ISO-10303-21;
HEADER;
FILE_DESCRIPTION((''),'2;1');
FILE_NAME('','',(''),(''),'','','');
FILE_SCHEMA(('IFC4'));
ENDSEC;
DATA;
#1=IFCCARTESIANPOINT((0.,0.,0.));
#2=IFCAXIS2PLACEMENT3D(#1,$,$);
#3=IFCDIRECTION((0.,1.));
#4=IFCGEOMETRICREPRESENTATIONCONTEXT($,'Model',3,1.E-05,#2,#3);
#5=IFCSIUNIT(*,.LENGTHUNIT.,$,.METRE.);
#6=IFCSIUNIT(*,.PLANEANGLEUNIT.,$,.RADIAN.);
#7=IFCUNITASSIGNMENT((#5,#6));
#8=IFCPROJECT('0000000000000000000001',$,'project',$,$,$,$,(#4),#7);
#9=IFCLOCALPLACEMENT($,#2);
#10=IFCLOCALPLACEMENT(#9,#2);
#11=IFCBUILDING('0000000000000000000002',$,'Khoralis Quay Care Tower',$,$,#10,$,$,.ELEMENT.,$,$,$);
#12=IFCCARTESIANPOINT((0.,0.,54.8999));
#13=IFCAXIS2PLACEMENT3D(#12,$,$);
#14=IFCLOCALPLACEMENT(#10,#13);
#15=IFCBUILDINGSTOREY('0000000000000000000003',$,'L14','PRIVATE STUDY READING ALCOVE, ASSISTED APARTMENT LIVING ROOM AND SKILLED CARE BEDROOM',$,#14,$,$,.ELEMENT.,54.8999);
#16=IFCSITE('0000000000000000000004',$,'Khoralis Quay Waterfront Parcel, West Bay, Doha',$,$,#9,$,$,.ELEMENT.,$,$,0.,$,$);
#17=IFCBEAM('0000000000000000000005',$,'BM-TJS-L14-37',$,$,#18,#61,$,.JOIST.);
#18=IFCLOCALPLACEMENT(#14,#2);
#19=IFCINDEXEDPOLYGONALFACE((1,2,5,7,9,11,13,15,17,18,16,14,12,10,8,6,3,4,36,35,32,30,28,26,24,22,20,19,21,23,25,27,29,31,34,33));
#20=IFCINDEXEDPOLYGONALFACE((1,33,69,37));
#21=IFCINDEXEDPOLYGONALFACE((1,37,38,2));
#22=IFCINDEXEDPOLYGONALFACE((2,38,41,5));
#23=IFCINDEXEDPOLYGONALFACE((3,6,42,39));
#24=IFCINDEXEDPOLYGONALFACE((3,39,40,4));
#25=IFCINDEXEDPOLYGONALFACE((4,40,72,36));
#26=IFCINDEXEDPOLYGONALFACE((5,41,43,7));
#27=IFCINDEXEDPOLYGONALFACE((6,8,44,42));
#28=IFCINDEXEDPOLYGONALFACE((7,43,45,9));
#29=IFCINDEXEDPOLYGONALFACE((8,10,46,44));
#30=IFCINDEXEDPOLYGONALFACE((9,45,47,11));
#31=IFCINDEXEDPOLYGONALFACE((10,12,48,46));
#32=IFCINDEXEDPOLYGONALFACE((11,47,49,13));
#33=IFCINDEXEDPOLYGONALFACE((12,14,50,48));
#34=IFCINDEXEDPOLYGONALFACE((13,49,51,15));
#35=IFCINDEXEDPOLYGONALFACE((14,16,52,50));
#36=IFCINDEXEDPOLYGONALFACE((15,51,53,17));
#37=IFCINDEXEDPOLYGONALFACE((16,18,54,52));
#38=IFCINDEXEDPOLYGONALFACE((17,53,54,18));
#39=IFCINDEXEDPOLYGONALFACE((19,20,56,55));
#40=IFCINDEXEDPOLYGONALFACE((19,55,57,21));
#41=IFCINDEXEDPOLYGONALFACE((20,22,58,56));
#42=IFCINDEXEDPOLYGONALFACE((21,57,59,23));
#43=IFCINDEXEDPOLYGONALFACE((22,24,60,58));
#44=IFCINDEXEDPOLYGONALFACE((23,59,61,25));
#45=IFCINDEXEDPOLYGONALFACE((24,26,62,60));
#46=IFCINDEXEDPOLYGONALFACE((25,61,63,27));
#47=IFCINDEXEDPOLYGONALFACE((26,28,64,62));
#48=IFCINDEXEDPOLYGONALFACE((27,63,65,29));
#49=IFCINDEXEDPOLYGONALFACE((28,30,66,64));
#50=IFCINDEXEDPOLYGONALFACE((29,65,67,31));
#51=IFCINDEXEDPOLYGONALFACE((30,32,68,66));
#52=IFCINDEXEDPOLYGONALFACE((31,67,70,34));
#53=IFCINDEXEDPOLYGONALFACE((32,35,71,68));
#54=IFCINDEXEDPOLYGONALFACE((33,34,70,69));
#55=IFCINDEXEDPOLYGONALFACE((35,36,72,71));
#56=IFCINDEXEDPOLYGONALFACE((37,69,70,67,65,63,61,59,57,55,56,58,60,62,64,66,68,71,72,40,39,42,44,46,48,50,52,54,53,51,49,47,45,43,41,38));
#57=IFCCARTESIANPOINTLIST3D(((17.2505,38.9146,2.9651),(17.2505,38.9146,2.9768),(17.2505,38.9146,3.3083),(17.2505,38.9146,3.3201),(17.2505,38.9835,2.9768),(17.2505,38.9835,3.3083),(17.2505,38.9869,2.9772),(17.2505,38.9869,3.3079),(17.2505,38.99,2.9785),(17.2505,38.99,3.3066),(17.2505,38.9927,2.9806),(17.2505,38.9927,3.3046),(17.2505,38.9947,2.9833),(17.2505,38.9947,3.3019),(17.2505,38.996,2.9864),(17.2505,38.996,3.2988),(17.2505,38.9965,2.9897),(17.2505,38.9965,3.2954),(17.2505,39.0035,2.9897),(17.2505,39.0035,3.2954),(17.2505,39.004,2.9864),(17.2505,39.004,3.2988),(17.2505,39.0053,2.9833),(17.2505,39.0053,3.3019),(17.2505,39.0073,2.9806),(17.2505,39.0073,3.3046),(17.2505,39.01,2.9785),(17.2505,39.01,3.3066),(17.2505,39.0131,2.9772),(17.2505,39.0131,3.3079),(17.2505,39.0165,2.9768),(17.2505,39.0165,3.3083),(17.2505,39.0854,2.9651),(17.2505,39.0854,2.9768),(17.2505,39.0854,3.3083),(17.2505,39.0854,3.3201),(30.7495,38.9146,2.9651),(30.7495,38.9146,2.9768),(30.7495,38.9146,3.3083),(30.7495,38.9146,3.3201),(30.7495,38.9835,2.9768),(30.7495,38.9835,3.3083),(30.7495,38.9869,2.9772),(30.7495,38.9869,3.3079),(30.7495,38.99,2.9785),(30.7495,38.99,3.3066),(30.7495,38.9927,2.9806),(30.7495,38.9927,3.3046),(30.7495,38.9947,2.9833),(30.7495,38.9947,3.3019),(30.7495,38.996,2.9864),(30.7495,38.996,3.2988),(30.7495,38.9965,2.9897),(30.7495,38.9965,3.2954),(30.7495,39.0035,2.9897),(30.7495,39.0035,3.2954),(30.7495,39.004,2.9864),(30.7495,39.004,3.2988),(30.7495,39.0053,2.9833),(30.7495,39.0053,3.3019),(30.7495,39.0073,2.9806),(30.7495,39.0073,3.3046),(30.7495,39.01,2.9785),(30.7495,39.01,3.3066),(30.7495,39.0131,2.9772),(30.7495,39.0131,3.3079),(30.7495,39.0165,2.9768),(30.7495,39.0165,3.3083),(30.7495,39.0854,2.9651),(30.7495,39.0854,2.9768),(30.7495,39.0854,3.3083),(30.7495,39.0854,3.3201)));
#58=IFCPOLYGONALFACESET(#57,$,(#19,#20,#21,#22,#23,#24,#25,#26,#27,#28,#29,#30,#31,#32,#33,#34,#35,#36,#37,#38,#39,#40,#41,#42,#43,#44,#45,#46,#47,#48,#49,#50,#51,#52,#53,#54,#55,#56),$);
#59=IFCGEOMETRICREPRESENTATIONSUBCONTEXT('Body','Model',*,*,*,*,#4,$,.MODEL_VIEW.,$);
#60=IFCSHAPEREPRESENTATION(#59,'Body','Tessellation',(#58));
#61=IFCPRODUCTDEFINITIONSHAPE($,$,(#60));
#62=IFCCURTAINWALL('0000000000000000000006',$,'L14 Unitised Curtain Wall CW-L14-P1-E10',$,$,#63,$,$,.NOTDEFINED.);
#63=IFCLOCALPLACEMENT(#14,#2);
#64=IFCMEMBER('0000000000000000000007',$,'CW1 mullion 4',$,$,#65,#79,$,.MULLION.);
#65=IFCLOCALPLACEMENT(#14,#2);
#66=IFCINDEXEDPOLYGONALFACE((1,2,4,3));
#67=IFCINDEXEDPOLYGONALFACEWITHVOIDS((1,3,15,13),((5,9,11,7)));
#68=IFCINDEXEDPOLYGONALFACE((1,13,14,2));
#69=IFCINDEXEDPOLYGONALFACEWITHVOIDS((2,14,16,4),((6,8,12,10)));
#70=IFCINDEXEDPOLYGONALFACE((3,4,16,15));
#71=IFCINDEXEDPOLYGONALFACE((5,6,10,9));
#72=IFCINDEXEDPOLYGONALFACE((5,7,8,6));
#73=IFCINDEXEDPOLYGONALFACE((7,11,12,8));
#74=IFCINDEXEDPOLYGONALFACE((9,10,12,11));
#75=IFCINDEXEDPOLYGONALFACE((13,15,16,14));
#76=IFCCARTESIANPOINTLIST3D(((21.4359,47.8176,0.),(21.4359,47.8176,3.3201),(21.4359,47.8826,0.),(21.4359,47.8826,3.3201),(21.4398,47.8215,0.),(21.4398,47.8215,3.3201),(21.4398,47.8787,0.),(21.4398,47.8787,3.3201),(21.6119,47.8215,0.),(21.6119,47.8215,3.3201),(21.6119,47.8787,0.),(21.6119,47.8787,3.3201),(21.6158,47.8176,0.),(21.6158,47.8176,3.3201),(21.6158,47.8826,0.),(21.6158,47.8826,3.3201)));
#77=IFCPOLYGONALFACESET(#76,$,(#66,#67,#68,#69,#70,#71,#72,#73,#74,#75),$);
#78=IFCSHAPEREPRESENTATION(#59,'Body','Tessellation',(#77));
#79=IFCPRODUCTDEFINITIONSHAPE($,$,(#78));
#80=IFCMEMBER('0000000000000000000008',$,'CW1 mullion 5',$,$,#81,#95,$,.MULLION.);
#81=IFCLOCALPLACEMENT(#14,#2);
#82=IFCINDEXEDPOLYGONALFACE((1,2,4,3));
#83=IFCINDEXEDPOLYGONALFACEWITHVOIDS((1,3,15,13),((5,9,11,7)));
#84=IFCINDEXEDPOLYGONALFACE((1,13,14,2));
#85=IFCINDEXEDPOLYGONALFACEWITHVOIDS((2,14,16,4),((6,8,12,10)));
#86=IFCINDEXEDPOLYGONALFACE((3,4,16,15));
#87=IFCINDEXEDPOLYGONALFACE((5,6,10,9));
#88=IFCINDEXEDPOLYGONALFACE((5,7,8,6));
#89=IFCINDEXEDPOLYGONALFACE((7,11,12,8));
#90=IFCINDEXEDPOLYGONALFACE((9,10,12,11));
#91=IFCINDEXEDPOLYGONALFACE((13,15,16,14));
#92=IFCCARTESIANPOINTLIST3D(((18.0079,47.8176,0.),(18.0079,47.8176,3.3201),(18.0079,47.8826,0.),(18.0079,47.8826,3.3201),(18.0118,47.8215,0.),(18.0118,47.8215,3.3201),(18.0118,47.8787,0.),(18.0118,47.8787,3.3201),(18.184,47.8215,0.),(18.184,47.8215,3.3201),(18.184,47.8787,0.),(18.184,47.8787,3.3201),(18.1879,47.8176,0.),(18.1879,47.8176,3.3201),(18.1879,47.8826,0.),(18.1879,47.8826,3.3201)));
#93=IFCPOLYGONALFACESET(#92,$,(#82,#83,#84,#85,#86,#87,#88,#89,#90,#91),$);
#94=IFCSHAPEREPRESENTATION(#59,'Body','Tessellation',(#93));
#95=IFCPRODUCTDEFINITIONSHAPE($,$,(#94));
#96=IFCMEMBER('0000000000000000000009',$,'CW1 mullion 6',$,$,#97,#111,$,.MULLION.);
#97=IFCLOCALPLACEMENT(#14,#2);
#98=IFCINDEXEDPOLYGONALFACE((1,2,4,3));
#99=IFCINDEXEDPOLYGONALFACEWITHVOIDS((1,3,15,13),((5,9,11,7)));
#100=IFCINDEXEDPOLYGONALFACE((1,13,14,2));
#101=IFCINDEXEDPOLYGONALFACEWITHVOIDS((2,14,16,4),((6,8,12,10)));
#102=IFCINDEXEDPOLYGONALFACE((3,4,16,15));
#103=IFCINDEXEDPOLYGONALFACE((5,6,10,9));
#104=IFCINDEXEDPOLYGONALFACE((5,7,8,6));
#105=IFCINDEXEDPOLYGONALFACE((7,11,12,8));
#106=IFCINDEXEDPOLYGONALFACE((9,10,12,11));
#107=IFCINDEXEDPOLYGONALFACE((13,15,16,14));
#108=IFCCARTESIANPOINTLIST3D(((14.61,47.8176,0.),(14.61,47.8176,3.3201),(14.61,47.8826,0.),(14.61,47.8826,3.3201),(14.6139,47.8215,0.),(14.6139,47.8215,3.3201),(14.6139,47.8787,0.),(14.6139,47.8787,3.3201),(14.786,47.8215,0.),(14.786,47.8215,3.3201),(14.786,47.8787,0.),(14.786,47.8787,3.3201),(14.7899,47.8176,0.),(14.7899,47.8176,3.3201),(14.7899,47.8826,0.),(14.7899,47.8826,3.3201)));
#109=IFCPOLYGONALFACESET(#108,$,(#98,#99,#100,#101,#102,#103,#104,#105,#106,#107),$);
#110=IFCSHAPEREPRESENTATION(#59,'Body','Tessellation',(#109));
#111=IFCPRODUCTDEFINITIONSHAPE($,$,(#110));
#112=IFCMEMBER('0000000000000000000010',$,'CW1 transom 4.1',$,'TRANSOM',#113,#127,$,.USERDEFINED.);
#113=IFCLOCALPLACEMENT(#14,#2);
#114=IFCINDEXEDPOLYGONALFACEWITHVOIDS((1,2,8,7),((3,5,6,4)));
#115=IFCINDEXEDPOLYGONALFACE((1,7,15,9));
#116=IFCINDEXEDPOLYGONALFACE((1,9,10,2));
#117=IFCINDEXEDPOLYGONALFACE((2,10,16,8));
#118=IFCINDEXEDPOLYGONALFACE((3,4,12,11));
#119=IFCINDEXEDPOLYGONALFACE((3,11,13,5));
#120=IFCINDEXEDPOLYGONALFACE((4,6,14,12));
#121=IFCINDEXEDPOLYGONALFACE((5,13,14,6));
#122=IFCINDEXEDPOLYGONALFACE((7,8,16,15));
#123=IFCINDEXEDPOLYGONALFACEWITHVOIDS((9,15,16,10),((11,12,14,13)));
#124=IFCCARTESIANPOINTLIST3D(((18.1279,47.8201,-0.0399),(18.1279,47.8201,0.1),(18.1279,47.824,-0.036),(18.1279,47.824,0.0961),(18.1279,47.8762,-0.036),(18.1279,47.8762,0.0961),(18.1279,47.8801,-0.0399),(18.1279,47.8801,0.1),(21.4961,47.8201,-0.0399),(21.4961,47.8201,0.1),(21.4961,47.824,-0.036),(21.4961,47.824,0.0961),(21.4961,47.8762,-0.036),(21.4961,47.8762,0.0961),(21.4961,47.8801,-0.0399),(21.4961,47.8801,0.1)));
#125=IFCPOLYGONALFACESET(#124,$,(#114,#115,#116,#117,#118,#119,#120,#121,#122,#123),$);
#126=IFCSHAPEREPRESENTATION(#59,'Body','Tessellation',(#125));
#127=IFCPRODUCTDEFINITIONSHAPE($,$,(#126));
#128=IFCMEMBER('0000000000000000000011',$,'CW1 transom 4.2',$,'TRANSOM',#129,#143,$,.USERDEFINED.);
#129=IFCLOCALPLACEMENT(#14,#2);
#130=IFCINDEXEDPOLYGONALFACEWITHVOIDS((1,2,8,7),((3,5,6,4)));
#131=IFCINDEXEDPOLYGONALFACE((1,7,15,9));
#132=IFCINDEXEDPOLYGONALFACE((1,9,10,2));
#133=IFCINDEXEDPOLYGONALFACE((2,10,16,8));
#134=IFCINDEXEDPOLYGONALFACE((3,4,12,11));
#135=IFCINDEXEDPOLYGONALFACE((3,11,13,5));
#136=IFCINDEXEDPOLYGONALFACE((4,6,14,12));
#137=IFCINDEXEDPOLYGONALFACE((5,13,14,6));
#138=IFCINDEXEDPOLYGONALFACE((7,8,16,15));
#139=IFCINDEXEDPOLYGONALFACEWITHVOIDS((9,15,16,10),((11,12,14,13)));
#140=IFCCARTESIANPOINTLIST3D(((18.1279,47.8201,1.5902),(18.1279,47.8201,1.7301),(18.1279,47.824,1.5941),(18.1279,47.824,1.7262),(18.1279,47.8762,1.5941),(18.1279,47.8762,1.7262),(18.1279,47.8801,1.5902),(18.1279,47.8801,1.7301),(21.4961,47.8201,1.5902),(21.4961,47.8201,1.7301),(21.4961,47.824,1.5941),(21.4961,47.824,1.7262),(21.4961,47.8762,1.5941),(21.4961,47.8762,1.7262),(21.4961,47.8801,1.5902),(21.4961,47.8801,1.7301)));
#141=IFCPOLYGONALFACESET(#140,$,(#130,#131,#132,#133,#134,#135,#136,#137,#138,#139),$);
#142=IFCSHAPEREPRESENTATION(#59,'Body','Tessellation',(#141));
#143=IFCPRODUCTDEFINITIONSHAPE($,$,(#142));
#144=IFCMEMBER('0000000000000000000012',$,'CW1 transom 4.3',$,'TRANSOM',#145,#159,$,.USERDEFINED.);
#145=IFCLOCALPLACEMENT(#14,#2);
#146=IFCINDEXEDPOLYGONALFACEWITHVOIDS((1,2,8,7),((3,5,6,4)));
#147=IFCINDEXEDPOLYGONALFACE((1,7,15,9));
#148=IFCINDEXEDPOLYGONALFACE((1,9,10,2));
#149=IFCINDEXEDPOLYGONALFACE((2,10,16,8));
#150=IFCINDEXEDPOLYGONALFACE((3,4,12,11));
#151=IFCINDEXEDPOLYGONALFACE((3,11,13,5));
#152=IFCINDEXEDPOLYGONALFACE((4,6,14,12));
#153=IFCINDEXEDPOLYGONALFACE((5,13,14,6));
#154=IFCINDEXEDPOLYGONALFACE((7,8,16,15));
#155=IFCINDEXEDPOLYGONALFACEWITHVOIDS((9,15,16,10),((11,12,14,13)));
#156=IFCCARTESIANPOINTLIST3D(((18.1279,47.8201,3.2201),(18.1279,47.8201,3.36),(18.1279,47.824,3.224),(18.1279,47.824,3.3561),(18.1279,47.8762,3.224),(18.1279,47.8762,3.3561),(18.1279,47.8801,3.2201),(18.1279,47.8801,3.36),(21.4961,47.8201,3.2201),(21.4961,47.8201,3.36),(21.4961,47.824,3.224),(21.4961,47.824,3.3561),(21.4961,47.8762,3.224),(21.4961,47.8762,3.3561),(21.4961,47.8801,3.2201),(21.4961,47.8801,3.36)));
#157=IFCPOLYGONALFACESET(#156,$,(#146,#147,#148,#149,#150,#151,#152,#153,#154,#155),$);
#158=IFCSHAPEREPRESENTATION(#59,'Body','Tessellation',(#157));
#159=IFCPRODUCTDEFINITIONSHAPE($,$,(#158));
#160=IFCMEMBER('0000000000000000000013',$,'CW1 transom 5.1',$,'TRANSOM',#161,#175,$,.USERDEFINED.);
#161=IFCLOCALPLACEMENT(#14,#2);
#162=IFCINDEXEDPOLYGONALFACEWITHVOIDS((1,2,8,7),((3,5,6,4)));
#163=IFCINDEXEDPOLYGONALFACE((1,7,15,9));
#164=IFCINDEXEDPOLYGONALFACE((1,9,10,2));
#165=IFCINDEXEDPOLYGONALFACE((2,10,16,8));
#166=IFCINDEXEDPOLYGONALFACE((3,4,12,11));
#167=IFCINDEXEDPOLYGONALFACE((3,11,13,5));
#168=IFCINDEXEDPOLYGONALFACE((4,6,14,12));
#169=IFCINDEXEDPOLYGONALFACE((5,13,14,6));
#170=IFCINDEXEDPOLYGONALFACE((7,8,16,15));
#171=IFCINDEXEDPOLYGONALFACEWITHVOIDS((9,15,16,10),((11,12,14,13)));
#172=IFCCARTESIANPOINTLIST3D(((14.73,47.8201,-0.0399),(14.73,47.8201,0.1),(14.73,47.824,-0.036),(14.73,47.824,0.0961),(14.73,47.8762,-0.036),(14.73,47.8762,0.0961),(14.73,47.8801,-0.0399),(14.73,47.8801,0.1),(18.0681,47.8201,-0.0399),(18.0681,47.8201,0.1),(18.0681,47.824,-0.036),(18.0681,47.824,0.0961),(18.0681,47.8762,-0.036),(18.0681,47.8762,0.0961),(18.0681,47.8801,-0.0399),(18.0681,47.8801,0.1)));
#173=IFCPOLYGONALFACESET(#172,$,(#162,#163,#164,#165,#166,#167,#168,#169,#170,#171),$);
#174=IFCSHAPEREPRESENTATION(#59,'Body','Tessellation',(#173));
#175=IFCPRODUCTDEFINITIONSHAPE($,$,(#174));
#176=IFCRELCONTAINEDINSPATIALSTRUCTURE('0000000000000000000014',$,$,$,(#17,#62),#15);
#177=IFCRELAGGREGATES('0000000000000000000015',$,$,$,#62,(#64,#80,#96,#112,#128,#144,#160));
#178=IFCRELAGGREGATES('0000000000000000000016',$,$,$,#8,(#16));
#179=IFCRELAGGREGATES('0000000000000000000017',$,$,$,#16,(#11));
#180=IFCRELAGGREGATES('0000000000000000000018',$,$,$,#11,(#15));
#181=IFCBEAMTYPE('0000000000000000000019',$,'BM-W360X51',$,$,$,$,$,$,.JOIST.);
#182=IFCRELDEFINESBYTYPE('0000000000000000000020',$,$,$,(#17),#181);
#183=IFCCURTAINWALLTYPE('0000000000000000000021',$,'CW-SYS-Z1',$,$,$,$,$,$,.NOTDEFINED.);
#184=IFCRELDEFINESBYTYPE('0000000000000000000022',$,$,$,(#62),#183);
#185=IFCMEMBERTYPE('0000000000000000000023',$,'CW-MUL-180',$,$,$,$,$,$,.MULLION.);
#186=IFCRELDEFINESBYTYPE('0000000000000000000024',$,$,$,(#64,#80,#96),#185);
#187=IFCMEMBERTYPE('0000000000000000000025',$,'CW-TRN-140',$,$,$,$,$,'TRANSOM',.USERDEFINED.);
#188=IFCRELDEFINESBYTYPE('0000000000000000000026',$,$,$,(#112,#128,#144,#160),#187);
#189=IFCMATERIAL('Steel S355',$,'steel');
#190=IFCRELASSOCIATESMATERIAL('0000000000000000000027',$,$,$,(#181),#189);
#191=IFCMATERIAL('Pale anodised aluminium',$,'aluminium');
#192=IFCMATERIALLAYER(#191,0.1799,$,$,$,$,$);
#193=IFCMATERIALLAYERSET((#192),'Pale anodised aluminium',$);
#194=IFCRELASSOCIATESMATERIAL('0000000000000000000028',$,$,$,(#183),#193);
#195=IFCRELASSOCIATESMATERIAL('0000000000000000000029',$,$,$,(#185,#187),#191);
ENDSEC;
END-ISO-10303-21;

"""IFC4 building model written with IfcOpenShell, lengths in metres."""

from ifc_helpers import new_model, si_unit, direction, frame, origin, origin_2d, place, context, subcontext, project, spatial, hollow_rectangle, i_section, extrude, source, transform, mapped, material, layer, layer_set, material_profile, profile_set, type_object, element, aggregate, save


model = new_model("IFC4")

# Units and contexts
model_context = context("Model", 3, precision=1e-05, world=origin(), true_north=direction((0.0, 1.0)))
body_context = subcontext(model_context, "Body", "Model", "MODEL_VIEW")
ifc_project = project(units=[si_unit("LENGTHUNIT", "METRE"), si_unit("PLANEANGLEUNIT", "RADIAN")], contexts=[model_context])

# Site, building, storey
site_placement = place(None, origin())
site = spatial("IfcSite", under=ifc_project, at=site_placement, Name="Khoralis Quay Waterfront Parcel, West Bay, Doha", CompositionType="ELEMENT", RefElevation=0.0)
building_placement = place(site_placement, origin())
building = spatial("IfcBuilding", under=site, at=building_placement, Name="Khoralis Quay Care Tower", CompositionType="ELEMENT")
storey_placement = place(building_placement, frame((0.0, 0.0, 54.8999)))
storey = spatial("IfcBuildingStorey", under=building, at=storey_placement, Name="L14", Description="PRIVATE STUDY READING ALCOVE, ASSISTED APARTMENT LIVING ROOM AND SKILLED CARE BEDROOM", CompositionType="ELEMENT", Elevation=54.8999)

# Beam
ifc_material_1 = material(Name="Steel S355", Category="steel")
ifc_material_profile_1 = material_profile(ifc_material_1, i_section(OverallWidth=0.1709, OverallDepth=0.355, WebThickness=0.0071, FlangeThickness=0.0117, FilletRadius=0.0129, at=origin_2d()), Name="Steel S355")
ifc_profile_set_1 = profile_set([ifc_material_profile_1], Name="Steel S355")
beam_type_1 = type_object("IfcBeamType", Name="BM-W360X51", PredefinedType="JOIST", material=ifc_profile_set_1)
shared_shape_1 = source(origin(), body_context, "Body", "SweptSolid", [
    extrude(i_section(OverallWidth=0.1709, OverallDepth=0.355, WebThickness=0.0071, FlangeThickness=0.0117, FilletRadius=0.0129, at=origin_2d()), origin(), (0.0, 0.0, 1.0), 13.499),
])
for number, where, z_axis, x_axis, name in (
    (1, (17.2505, 39.0, 3.1426), (1.0, 0.0, 0.0), (0.0, 1.0, 0.0), "BM-TJS-L14-37"),
):
    element("IfcBeam", number, at=place(storey_placement, frame(where, z_axis=z_axis, x_axis=x_axis)), inside=storey, type_object=beam_type_1, Name=name, PredefinedType="JOIST", context=body_context, shape_type="MappedRepresentation", body=[
        mapped(shared_shape_1, transform((0.0, 0.0, 0.0), scale=1.0)),
    ])

# Curtain wall, members
ifc_material_2 = material(Name="Pale anodised aluminium", Category="aluminium")
ifc_layer_1 = layer(ifc_material_2, 0.1799)
ifc_layer_set_1 = layer_set([ifc_layer_1], Name="Pale anodised aluminium")
curtain_wall_type = type_object("IfcCurtainWallType", Name="CW-SYS-Z1", PredefinedType="NOTDEFINED", material=ifc_layer_set_1)
curtain_wall_placement = place(storey_placement, origin())
curtain_wall = element("IfcCurtainWall", 2, at=curtain_wall_placement, inside=storey, type_object=curtain_wall_type, Name="L14 Unitised Curtain Wall CW-L14-P1-E10", PredefinedType="NOTDEFINED")
ifc_material_profile_2 = material_profile(ifc_material_2, hollow_rectangle(XDim=0.0649, YDim=0.1799, WallThickness=0.0039, at=origin_2d()), Name="Pale anodised aluminium")
ifc_profile_set_2 = profile_set([ifc_material_profile_2], Name="Pale anodised aluminium")
member_type_1 = type_object("IfcMemberType", Name="CW-MUL-180", PredefinedType="MULLION", material=ifc_profile_set_2)
shared_shape_2 = source(origin(), body_context, "Body", "SweptSolid", [
    extrude(hollow_rectangle(XDim=0.0649, YDim=0.1799, WallThickness=0.0039, at=origin_2d()), origin(), (0.0, 0.0, 1.0), 3.3201),
])
member_1_placement = place(storey_placement, frame((21.5259, 47.8501, 0.0), z_axis=(0.0, 0.0, 1.0), x_axis=(0.0, -1.0, 0.0)))
member_1 = element("IfcMember", 3, at=member_1_placement, type_object=member_type_1, Name="CW1 mullion 4", PredefinedType="MULLION", context=body_context, shape_type="MappedRepresentation", body=[
    mapped(shared_shape_2, transform((0.0, 0.0, 0.0), scale=1.0)),
])
member_2_placement = place(storey_placement, frame((18.0979, 47.8501, 0.0), z_axis=(0.0, 0.0, 1.0), x_axis=(0.0, -1.0, 0.0)))
member_2 = element("IfcMember", 4, at=member_2_placement, type_object=member_type_1, Name="CW1 mullion 5", PredefinedType="MULLION", context=body_context, shape_type="MappedRepresentation", body=[
    mapped(shared_shape_2, transform((0.0, 0.0, 0.0), scale=1.0)),
])
member_3_placement = place(storey_placement, frame((14.7, 47.8501, 0.0), z_axis=(0.0, 0.0, 1.0), x_axis=(0.0, -1.0, 0.0)))
member_3 = element("IfcMember", 5, at=member_3_placement, type_object=member_type_1, Name="CW1 mullion 6", PredefinedType="MULLION", context=body_context, shape_type="MappedRepresentation", body=[
    mapped(shared_shape_2, transform((0.0, 0.0, 0.0), scale=1.0)),
])
ifc_material_profile_3 = material_profile(ifc_material_2, hollow_rectangle(XDim=0.0601, YDim=0.1399, WallThickness=0.0039, at=origin_2d()), Name="Pale anodised aluminium")
ifc_profile_set_3 = profile_set([ifc_material_profile_3], Name="Pale anodised aluminium")
member_type_2 = type_object("IfcMemberType", Name="CW-TRN-140", ElementType="TRANSOM", PredefinedType="USERDEFINED", material=ifc_profile_set_3)
shared_shape_3 = source(origin(), body_context, "Body", "SweptSolid", [
    extrude(hollow_rectangle(XDim=0.0601, YDim=0.1399, WallThickness=0.0039, at=origin_2d()), origin(), (0.0, 0.0, 1.0), 3.3682),
])
member_4_placement = place(storey_placement, frame((21.4961, 47.8501, 0.03), z_axis=(-1.0, 0.0, 0.0), x_axis=(0.0, -1.0, 0.0)))
member_4 = element("IfcMember", 6, at=member_4_placement, type_object=member_type_2, Name="CW1 transom 4.1", ObjectType="TRANSOM", PredefinedType="USERDEFINED", context=body_context, shape_type="MappedRepresentation", body=[
    mapped(shared_shape_3, transform((0.0, 0.0, 0.0), scale=1.0)),
])
member_5_placement = place(storey_placement, frame((21.4961, 47.8501, 1.6602), z_axis=(-1.0, 0.0, 0.0), x_axis=(0.0, -1.0, 0.0)))
member_5 = element("IfcMember", 7, at=member_5_placement, type_object=member_type_2, Name="CW1 transom 4.2", ObjectType="TRANSOM", PredefinedType="USERDEFINED", context=body_context, shape_type="MappedRepresentation", body=[
    mapped(shared_shape_3, transform((0.0, 0.0, 0.0), scale=1.0)),
])
member_6_placement = place(storey_placement, frame((21.4961, 47.8501, 3.29), z_axis=(-1.0, 0.0, 0.0), x_axis=(0.0, -1.0, 0.0)))
member_6 = element("IfcMember", 8, at=member_6_placement, type_object=member_type_2, Name="CW1 transom 4.3", ObjectType="TRANSOM", PredefinedType="USERDEFINED", context=body_context, shape_type="MappedRepresentation", body=[
    mapped(shared_shape_3, transform((0.0, 0.0, 0.0), scale=1.0)),
])
shared_shape_4 = source(origin(), body_context, "Body", "SweptSolid", [
    extrude(hollow_rectangle(XDim=0.0601, YDim=0.1399, WallThickness=0.0039, at=origin_2d()), origin(), (0.0, 0.0, 1.0), 3.3381),
])
member_7_placement = place(storey_placement, frame((18.0681, 47.8501, 0.03), z_axis=(-1.0, 0.0, 0.0), x_axis=(0.0, -1.0, 0.0)))
member_7 = element("IfcMember", 9, at=member_7_placement, type_object=member_type_2, Name="CW1 transom 5.1", ObjectType="TRANSOM", PredefinedType="USERDEFINED", context=body_context, shape_type="MappedRepresentation", body=[
    mapped(shared_shape_4, transform((0.0, 0.0, 0.0), scale=1.0)),
])
aggregate(curtain_wall, [member_1, member_2, member_3, member_4, member_5, member_6, member_7])

save(model, "model.ifc")
